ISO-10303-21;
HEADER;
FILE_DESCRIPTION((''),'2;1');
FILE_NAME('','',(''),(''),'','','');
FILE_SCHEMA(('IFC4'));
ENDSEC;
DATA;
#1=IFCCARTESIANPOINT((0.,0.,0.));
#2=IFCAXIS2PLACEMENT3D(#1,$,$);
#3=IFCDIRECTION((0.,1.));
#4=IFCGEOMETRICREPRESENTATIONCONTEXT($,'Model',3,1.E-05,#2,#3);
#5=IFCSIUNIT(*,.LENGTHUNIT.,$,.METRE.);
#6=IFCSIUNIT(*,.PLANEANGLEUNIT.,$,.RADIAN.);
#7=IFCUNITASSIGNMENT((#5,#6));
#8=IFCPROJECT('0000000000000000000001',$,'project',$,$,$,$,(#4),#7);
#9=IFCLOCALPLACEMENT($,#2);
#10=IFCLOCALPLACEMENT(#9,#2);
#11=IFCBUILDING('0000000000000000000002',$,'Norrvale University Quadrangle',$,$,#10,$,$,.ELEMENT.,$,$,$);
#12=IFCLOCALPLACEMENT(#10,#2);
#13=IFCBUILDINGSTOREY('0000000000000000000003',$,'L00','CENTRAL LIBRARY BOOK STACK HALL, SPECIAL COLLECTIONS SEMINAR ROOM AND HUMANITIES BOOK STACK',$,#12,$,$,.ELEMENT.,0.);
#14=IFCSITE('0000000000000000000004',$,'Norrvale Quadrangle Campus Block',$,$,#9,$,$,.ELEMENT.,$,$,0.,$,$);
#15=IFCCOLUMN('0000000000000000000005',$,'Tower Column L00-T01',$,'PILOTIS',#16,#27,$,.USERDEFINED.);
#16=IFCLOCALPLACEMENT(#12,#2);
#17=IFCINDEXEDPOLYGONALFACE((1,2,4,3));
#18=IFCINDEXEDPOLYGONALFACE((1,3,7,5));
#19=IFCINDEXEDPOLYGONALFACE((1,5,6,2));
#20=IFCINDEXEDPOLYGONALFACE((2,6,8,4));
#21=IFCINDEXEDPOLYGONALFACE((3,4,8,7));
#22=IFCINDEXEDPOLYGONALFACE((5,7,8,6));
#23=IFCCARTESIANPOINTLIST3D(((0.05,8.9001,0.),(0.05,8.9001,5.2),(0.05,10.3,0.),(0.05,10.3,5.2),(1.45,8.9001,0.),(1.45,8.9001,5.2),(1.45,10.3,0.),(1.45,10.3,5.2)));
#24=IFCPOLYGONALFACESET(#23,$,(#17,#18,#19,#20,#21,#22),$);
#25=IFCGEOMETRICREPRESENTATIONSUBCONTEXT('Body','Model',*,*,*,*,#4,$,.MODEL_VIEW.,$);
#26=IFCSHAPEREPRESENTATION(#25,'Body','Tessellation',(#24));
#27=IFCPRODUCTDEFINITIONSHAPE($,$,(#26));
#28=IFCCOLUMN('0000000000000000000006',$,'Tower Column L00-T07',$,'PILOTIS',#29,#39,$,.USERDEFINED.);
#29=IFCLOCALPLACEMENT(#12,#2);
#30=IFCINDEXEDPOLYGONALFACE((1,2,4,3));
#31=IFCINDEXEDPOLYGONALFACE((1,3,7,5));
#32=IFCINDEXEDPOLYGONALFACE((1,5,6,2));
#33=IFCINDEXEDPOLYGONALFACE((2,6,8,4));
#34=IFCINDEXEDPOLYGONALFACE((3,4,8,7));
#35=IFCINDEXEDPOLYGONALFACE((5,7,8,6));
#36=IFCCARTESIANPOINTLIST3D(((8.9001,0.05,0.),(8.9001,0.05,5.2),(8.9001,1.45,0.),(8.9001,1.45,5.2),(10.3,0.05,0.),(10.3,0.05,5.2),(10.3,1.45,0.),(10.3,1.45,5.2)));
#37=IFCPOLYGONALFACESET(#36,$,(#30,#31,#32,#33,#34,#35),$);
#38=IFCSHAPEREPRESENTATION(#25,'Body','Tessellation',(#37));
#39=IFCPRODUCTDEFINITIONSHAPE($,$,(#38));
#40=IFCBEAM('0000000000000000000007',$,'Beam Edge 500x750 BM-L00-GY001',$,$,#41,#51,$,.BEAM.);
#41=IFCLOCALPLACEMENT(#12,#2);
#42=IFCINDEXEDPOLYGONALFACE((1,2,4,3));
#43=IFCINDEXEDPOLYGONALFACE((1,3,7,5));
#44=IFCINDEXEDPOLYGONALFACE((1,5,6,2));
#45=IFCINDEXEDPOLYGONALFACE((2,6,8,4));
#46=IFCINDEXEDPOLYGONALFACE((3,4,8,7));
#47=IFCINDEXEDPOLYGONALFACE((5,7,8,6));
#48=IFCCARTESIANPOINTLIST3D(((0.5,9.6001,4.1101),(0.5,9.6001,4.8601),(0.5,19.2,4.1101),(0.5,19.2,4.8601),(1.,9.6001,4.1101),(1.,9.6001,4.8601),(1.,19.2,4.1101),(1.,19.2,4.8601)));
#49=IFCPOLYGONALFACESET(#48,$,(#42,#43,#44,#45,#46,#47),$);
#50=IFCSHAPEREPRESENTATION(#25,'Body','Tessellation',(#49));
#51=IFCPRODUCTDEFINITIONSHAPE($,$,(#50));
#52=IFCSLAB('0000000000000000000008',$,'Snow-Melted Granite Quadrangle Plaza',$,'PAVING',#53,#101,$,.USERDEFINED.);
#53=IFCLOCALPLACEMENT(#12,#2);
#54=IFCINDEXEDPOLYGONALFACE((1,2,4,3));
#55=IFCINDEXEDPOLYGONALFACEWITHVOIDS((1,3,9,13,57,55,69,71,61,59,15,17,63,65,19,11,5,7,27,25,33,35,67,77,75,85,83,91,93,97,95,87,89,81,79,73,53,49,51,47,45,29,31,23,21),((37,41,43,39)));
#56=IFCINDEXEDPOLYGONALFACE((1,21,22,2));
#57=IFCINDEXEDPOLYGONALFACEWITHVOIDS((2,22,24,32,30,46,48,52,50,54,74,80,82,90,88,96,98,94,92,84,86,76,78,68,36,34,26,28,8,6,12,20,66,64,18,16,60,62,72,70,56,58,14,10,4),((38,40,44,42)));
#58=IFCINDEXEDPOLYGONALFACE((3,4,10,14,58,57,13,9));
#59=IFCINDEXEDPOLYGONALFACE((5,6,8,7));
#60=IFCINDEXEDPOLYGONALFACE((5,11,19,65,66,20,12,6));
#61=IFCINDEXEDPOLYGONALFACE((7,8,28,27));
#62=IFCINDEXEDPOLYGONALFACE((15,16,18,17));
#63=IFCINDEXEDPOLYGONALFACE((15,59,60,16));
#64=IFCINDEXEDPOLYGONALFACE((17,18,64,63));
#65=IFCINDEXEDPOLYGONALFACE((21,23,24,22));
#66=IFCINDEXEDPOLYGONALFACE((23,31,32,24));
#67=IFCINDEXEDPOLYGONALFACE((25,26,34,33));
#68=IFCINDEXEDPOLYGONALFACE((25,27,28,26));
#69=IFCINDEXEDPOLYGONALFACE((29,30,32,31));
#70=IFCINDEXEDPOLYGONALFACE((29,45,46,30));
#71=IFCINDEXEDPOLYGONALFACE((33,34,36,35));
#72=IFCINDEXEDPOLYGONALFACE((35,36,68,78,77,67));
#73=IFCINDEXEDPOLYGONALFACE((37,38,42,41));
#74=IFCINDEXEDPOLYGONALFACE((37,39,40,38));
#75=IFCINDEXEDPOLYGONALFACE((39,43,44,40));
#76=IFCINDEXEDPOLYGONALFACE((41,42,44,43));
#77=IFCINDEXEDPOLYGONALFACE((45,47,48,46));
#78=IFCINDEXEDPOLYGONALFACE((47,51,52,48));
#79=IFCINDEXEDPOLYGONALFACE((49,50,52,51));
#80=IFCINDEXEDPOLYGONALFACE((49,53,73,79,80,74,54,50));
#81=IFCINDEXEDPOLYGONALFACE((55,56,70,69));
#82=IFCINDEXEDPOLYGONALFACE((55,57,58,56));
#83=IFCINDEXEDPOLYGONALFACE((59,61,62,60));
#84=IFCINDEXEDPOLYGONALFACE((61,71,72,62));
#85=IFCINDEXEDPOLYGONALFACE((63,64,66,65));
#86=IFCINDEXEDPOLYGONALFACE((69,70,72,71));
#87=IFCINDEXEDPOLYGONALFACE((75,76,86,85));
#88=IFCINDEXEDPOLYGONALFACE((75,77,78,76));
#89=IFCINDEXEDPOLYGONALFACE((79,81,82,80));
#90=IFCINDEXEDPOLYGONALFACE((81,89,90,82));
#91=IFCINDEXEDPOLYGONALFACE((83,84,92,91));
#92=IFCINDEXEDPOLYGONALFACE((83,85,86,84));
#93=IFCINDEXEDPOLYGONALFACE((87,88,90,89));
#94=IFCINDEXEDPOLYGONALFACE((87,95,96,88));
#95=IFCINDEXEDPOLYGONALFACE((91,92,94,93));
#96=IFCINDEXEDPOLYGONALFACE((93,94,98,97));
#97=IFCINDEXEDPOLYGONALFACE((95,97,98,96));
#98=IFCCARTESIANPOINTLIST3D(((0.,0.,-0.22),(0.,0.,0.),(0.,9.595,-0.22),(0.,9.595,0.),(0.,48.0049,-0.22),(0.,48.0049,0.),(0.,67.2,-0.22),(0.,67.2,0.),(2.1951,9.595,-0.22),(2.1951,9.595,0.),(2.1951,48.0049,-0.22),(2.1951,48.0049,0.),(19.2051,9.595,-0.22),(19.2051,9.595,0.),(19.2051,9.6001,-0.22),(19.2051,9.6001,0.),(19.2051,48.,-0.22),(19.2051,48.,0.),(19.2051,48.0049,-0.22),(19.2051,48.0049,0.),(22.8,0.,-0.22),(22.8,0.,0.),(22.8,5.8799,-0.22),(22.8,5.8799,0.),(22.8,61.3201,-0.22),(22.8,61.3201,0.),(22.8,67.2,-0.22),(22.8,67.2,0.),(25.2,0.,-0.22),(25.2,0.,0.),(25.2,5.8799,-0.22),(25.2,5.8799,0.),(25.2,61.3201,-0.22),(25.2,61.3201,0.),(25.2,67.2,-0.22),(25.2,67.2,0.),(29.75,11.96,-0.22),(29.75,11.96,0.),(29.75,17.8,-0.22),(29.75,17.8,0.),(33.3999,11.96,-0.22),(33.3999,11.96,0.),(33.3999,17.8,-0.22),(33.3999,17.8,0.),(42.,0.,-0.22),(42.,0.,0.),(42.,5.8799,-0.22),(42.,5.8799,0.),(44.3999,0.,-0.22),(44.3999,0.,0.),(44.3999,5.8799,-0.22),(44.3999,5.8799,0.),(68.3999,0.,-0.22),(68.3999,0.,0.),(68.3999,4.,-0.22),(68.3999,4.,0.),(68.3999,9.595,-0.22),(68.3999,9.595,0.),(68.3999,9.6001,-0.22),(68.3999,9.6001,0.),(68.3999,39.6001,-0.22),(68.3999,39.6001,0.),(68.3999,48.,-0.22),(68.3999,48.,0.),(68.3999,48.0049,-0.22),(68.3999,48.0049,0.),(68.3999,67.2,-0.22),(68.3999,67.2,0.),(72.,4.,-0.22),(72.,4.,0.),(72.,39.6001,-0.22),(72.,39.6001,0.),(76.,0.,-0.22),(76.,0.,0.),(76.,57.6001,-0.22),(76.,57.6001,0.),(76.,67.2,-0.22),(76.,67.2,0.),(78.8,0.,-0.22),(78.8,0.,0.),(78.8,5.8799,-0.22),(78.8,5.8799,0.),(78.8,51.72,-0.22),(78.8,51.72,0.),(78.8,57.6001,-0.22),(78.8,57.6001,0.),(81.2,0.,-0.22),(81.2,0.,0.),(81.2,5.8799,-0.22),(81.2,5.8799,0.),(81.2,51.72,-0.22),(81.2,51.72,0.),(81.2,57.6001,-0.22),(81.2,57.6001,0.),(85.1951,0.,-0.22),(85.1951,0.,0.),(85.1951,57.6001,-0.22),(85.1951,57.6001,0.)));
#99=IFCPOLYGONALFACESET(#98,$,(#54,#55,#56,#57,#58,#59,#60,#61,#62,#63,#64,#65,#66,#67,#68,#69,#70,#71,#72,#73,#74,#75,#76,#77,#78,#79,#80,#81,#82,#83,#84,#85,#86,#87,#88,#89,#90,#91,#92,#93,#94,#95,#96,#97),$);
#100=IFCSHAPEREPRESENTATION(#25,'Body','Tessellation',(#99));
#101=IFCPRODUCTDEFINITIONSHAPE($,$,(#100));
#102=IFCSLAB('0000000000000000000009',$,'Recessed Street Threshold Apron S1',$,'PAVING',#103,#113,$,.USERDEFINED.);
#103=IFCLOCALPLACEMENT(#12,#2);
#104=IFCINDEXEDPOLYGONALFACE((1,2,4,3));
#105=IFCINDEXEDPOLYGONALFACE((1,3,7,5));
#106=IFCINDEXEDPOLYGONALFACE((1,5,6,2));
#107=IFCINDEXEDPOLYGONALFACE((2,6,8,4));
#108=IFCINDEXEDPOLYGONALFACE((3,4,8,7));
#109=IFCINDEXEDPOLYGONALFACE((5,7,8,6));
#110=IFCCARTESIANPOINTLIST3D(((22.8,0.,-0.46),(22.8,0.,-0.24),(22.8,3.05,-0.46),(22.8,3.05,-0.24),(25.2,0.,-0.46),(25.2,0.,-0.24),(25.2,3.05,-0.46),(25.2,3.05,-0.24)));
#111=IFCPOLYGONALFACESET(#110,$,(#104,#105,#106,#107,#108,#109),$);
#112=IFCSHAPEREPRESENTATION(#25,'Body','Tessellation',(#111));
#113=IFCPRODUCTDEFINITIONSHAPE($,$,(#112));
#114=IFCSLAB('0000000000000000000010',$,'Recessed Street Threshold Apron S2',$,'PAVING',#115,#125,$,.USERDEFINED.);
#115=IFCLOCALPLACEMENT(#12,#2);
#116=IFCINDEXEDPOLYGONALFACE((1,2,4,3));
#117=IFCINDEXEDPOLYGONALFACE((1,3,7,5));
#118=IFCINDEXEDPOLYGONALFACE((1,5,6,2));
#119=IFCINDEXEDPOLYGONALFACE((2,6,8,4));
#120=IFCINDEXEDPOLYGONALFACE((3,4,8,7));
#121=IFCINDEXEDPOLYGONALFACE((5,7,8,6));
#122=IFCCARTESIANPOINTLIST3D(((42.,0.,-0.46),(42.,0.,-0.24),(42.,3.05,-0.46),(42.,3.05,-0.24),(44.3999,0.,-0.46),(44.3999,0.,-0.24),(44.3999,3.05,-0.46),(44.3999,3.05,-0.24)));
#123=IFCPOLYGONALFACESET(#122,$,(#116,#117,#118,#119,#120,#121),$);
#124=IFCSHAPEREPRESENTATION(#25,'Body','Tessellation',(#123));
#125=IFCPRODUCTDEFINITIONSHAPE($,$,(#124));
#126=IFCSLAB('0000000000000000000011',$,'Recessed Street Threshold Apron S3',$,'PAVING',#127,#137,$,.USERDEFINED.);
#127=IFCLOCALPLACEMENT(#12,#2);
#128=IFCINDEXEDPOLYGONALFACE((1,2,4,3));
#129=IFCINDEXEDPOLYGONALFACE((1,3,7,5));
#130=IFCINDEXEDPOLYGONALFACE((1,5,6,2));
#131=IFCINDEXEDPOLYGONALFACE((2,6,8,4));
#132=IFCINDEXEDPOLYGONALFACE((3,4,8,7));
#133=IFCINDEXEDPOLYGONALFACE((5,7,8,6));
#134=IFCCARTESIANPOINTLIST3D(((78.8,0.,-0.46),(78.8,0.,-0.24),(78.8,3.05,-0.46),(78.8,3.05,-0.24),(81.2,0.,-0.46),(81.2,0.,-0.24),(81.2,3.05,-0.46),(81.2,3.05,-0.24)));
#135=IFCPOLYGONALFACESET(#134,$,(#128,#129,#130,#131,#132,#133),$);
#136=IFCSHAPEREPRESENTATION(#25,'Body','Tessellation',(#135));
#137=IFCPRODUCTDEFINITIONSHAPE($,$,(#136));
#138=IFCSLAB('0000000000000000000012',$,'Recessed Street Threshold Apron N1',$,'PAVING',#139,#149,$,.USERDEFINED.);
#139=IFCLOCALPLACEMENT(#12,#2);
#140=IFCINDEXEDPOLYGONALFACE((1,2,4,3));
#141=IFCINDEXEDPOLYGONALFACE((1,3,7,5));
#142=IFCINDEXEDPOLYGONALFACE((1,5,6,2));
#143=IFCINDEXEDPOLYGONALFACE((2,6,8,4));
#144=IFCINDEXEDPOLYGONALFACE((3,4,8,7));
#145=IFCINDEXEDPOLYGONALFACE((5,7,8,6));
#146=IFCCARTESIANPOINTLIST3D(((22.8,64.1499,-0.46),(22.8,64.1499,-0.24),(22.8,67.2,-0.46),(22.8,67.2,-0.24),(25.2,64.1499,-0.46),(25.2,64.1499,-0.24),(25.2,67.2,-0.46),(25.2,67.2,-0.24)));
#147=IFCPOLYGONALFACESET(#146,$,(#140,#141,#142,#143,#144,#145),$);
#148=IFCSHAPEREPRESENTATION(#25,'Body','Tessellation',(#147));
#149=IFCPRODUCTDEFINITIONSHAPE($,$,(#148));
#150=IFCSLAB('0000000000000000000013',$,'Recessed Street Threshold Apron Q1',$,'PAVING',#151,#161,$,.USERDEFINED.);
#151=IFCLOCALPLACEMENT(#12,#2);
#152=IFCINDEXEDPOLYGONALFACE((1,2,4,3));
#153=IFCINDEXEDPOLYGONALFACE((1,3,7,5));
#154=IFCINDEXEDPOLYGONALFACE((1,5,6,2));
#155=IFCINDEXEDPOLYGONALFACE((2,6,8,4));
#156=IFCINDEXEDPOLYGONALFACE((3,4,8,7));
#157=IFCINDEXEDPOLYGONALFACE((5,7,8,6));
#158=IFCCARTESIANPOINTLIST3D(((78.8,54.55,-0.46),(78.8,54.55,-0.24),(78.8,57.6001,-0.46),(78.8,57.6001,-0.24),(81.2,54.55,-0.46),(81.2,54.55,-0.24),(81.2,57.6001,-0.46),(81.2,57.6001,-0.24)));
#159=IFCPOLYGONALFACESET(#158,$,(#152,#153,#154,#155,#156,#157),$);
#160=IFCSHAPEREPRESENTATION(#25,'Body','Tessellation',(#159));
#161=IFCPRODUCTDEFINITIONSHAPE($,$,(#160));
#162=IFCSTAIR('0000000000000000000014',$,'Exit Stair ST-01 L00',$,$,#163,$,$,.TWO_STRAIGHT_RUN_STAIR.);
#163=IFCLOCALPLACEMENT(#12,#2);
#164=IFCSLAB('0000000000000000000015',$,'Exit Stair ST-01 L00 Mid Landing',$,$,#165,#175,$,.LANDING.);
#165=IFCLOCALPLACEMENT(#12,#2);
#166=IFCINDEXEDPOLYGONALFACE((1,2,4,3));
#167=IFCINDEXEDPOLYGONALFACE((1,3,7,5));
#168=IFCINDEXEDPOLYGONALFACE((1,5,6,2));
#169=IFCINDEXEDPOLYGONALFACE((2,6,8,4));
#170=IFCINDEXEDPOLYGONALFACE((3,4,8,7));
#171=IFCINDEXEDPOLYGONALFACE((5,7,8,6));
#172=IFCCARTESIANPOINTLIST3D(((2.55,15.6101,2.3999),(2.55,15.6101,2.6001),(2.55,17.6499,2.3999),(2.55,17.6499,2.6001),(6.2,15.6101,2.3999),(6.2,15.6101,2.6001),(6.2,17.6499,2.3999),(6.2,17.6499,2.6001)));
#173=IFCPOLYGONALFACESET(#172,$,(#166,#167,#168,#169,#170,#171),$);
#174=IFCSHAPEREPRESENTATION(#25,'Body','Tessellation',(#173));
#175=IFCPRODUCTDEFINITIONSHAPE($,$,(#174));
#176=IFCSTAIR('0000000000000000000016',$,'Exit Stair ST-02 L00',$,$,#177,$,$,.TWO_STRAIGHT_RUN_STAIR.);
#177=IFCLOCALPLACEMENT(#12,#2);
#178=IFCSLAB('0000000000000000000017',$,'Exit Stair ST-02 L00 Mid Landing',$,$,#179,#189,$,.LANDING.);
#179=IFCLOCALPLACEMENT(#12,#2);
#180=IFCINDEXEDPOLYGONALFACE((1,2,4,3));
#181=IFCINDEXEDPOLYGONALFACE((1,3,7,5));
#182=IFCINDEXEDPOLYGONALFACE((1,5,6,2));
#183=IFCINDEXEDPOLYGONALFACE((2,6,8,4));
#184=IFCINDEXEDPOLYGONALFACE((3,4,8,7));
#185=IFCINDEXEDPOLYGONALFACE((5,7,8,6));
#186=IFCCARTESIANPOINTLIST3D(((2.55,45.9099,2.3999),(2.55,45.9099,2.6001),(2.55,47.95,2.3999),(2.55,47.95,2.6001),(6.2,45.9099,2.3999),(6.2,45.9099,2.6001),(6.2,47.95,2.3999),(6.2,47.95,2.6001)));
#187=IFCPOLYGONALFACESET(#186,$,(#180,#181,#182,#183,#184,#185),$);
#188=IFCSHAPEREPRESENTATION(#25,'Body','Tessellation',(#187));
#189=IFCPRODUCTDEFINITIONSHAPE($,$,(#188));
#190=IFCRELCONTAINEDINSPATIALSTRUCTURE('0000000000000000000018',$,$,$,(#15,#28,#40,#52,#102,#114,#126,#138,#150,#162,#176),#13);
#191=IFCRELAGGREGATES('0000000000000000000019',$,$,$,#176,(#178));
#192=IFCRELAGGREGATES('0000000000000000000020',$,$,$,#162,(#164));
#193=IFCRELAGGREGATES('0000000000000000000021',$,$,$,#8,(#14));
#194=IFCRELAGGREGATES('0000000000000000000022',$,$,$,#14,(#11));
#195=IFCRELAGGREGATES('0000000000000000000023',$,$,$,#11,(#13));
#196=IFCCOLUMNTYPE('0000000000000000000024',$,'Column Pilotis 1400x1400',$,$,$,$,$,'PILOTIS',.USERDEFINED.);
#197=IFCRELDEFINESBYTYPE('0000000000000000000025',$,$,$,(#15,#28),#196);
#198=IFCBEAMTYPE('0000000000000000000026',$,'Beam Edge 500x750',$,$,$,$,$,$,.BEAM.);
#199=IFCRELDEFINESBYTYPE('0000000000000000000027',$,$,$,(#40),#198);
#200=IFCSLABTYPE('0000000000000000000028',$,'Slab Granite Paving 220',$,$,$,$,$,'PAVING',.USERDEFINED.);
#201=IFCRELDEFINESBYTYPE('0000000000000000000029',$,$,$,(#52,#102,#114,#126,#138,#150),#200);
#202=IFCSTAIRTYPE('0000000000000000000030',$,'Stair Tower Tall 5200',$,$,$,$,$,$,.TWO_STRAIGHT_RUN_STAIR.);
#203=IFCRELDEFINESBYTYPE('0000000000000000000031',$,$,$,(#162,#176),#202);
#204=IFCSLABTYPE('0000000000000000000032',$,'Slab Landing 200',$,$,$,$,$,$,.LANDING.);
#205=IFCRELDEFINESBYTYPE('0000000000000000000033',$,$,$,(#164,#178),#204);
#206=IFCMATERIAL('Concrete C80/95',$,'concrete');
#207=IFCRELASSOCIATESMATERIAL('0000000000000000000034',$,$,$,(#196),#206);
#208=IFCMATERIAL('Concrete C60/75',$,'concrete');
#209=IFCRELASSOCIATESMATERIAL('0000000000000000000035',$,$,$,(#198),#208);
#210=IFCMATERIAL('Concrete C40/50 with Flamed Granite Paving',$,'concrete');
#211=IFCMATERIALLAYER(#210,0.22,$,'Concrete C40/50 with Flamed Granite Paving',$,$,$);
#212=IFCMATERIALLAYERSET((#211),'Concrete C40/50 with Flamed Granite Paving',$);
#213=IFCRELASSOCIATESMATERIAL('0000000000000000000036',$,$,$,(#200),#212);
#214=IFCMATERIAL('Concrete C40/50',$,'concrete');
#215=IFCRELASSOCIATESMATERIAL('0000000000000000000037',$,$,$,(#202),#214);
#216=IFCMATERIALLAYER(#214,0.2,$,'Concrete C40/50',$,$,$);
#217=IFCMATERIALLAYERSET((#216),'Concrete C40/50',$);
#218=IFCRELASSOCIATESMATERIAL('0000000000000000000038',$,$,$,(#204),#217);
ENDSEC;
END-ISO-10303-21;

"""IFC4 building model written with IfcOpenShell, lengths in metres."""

from ifc_helpers import new_model, si_unit, direction, frame, origin, origin_2d, place, context, subcontext, project, spatial, polyline, rectangle, outline, extrude, material, layer, layer_set, material_profile, profile_set, type_object, element, aggregate, save


model = new_model("IFC4")

# Units and contexts
model_context = context("Model", 3, precision=1e-05, world=origin(), true_north=direction((0.0, 1.0)))
body_context = subcontext(model_context, "Body", "Model", "MODEL_VIEW")
ifc_project = project(units=[si_unit("LENGTHUNIT", "METRE"), si_unit("PLANEANGLEUNIT", "RADIAN")], contexts=[model_context])

# Site, building, storey
site_placement = place(None, origin())
site = spatial("IfcSite", under=ifc_project, at=site_placement, Name="Norrvale Quadrangle Campus Block", CompositionType="ELEMENT", RefElevation=0.0)
building_placement = place(site_placement, origin())
building = spatial("IfcBuilding", under=site, at=building_placement, Name="Norrvale University Quadrangle", CompositionType="ELEMENT")
storey_placement = place(building_placement, origin())
storey = spatial("IfcBuildingStorey", under=building, at=storey_placement, Name="L00", Description="CENTRAL LIBRARY BOOK STACK HALL, SPECIAL COLLECTIONS SEMINAR ROOM AND HUMANITIES BOOK STACK", CompositionType="ELEMENT", Elevation=0.0)

# Columns
ifc_material_1 = material(Name="Concrete C80/95", Category="concrete")
ifc_material_profile_1 = material_profile(ifc_material_1, rectangle(XDim=1.3999, YDim=1.3999, at=origin_2d()), Name="Concrete C80/95")
ifc_profile_set_1 = profile_set([ifc_material_profile_1], Name="Concrete C80/95")
column_type = type_object("IfcColumnType", Name="Column Pilotis 1400x1400", ElementType="PILOTIS", PredefinedType="USERDEFINED", material=ifc_profile_set_1)
for number, where, z_axis, x_axis, name in (
    (1, (0.75, 9.6001, 0.0), (0.0, 0.0, 1.0), (1.0, 0.0, 0.0), "Tower Column L00-T01"),
    (2, (9.6001, 0.75, 0.0), (0.0, 0.0, 1.0), (1.0, 0.0, 0.0), "Tower Column L00-T07"),
):
    element("IfcColumn", number, at=place(storey_placement, frame(where, z_axis=z_axis, x_axis=x_axis)), inside=storey, type_object=column_type, Name=name, ObjectType="PILOTIS", PredefinedType="USERDEFINED", context=body_context, shape_type="SweptSolid", body=[
        extrude(rectangle(XDim=1.3999, YDim=1.3999, at=origin_2d()), origin(), (0.0, 0.0, 1.0), 5.2),
    ])

# Beam
ifc_material_2 = material(Name="Concrete C60/75", Category="concrete")
ifc_material_profile_2 = material_profile(ifc_material_2, rectangle(XDim=0.5, YDim=0.75, at=origin_2d()), Name="Concrete C60/75")
ifc_profile_set_2 = profile_set([ifc_material_profile_2], Name="Concrete C60/75")
beam_type = type_object("IfcBeamType", Name="Beam Edge 500x750", PredefinedType="BEAM", material=ifc_profile_set_2)
beam_placement = place(storey_placement, frame((0.75, 9.6001, 4.4851), z_axis=(0.0, 1.0, 0.0), x_axis=(-1.0, 0.0, 0.0)))
element("IfcBeam", 3, at=beam_placement, inside=storey, type_object=beam_type, Name="Beam Edge 500x750 BM-L00-GY001", PredefinedType="BEAM", context=body_context, shape_type="SweptSolid", body=[
    extrude(rectangle(XDim=0.5, YDim=0.75, at=origin_2d()), origin(), (0.0, 0.0, 1.0), 9.5999),
])

# Slabs
ifc_material_3 = material(Name="Concrete C40/50 with Flamed Granite Paving", Category="concrete")
ifc_layer_1 = layer(ifc_material_3, 0.22, Name="Concrete C40/50 with Flamed Granite Paving")
ifc_layer_set_1 = layer_set([ifc_layer_1], Name="Concrete C40/50 with Flamed Granite Paving")
slab_type_1 = type_object("IfcSlabType", Name="Slab Granite Paving 220", ElementType="PAVING", PredefinedType="USERDEFINED", material=ifc_layer_set_1)
slab_1_placement = place(storey_placement, frame((0.0, 0.0, -0.22)))
element("IfcSlab", 4, at=slab_1_placement, inside=storey, type_object=slab_type_1, Name="Snow-Melted Granite Quadrangle Plaza", ObjectType="PAVING", PredefinedType="USERDEFINED", context=body_context, shape_type="SweptSolid", body=[
    extrude(outline(polyline([(42.0, 0.0), (25.2, 0.0), (25.2, 5.8799), (22.8, 5.8799), (22.8, 0.0), (0.0, 0.0), (0.0, 9.595), (2.1951, 9.595), (19.2051, 9.595), (68.3999, 9.595), (68.3999, 4.0), (72.0, 4.0), (72.0, 39.6001), (68.3999, 39.6001), (68.3999, 9.6001), (19.2051, 9.6001), (19.2051, 48.0), (68.3999, 48.0), (68.3999, 48.0049), (19.2051, 48.0049), (2.1951, 48.0049), (0.0, 48.0049), (0.0, 67.2), (22.8, 67.2), (22.8, 61.3201), (25.2, 61.3201), (25.2, 67.2), (68.3999, 67.2), (76.0, 67.2), (76.0, 57.6001), (78.8, 57.6001), (78.8, 51.72), (81.2, 51.72), (81.2, 57.6001), (85.1951, 57.6001), (85.1951, 0.0), (81.2, 0.0), (81.2, 5.8799), (78.8, 5.8799), (78.8, 0.0), (76.0, 0.0), (68.3999, 0.0), (44.3999, 0.0), (44.3999, 5.8799), (42.0, 5.8799), (42.0, 0.0)]), holes=[polyline([(29.75, 17.8), (29.75, 11.96), (33.3999, 11.96), (33.3999, 17.8), (29.75, 17.8)])]), origin(), (0.0, 0.0, 1.0), 0.22),
])
slab_2_placement = place(storey_placement, frame((0.0, 0.0, -0.46)))
element("IfcSlab", 5, at=slab_2_placement, inside=storey, type_object=slab_type_1, Name="Recessed Street Threshold Apron S1", ObjectType="PAVING", PredefinedType="USERDEFINED", context=body_context, shape_type="SweptSolid", body=[
    extrude(outline(polyline([(22.8, 0.0), (25.2, 0.0), (25.2, 3.05), (22.8, 3.05), (22.8, 0.0)])), origin(), (0.0, 0.0, 1.0), 0.22),
])
slab_3_placement = place(storey_placement, frame((0.0, 0.0, -0.46)))
element("IfcSlab", 6, at=slab_3_placement, inside=storey, type_object=slab_type_1, Name="Recessed Street Threshold Apron S2", ObjectType="PAVING", PredefinedType="USERDEFINED", context=body_context, shape_type="SweptSolid", body=[
    extrude(outline(polyline([(42.0, 0.0), (44.3999, 0.0), (44.3999, 3.05), (42.0, 3.05), (42.0, 0.0)])), origin(), (0.0, 0.0, 1.0), 0.22),
])
slab_4_placement = place(storey_placement, frame((0.0, 0.0, -0.46)))
element("IfcSlab", 7, at=slab_4_placement, inside=storey, type_object=slab_type_1, Name="Recessed Street Threshold Apron S3", ObjectType="PAVING", PredefinedType="USERDEFINED", context=body_context, shape_type="SweptSolid", body=[
    extrude(outline(polyline([(78.8, 0.0), (81.2, 0.0), (81.2, 3.05), (78.8, 3.05), (78.8, 0.0)])), origin(), (0.0, 0.0, 1.0), 0.22),
])
slab_5_placement = place(storey_placement, frame((0.0, 0.0, -0.46)))
element("IfcSlab", 8, at=slab_5_placement, inside=storey, type_object=slab_type_1, Name="Recessed Street Threshold Apron N1", ObjectType="PAVING", PredefinedType="USERDEFINED", context=body_context, shape_type="SweptSolid", body=[
    extrude(outline(polyline([(22.8, 64.1499), (25.2, 64.1499), (25.2, 67.2), (22.8, 67.2), (22.8, 64.1499)])), origin(), (0.0, 0.0, 1.0), 0.22),
])
slab_6_placement = place(storey_placement, frame((0.0, 0.0, -0.46)))
element("IfcSlab", 9, at=slab_6_placement, inside=storey, type_object=slab_type_1, Name="Recessed Street Threshold Apron Q1", ObjectType="PAVING", PredefinedType="USERDEFINED", context=body_context, shape_type="SweptSolid", body=[
    extrude(outline(polyline([(78.8, 54.55), (81.2, 54.55), (81.2, 57.6001), (78.8, 57.6001), (78.8, 54.55)])), origin(), (0.0, 0.0, 1.0), 0.22),
])

# Stairs, slabs
ifc_material_4 = material(Name="Concrete C40/50", Category="concrete")
stair_type = type_object("IfcStairType", Name="Stair Tower Tall 5200", PredefinedType="TWO_STRAIGHT_RUN_STAIR", material=ifc_material_4)
stair_1_placement = place(storey_placement, origin())
stair_1 = element("IfcStair", 10, at=stair_1_placement, inside=storey, type_object=stair_type, Name="Exit Stair ST-01 L00", PredefinedType="TWO_STRAIGHT_RUN_STAIR")
ifc_layer_2 = layer(ifc_material_4, 0.2, Name="Concrete C40/50")
ifc_layer_set_2 = layer_set([ifc_layer_2], Name="Concrete C40/50")
slab_type_2 = type_object("IfcSlabType", Name="Slab Landing 200", PredefinedType="LANDING", material=ifc_layer_set_2)
slab_7_placement = place(storey_placement, frame((0.0, 0.0, 2.3999)))
slab_7 = element("IfcSlab", 11, at=slab_7_placement, type_object=slab_type_2, Name="Exit Stair ST-01 L00 Mid Landing", PredefinedType="LANDING", context=body_context, shape_type="SweptSolid", body=[
    extrude(outline(polyline([(2.55, 15.6101), (6.2, 15.6101), (6.2, 17.6499), (2.55, 17.6499), (2.55, 15.6101)])), origin(), (0.0, 0.0, 1.0), 0.2002),
])
stair_2_placement = place(storey_placement, origin())
stair_2 = element("IfcStair", 12, at=stair_2_placement, inside=storey, type_object=stair_type, Name="Exit Stair ST-02 L00", PredefinedType="TWO_STRAIGHT_RUN_STAIR")
slab_8_placement = place(storey_placement, frame((0.0, 0.0, 2.3999)))
slab_8 = element("IfcSlab", 13, at=slab_8_placement, type_object=slab_type_2, Name="Exit Stair ST-02 L00 Mid Landing", PredefinedType="LANDING", context=body_context, shape_type="SweptSolid", body=[
    extrude(outline(polyline([(2.55, 45.9099), (6.2, 45.9099), (6.2, 47.95), (2.55, 47.95), (2.55, 45.9099)])), origin(), (0.0, 0.0, 1.0), 0.2002),
])
aggregate(stair_2, [slab_8])

aggregate(stair_1, [slab_7])

save(model, "model.ifc")
